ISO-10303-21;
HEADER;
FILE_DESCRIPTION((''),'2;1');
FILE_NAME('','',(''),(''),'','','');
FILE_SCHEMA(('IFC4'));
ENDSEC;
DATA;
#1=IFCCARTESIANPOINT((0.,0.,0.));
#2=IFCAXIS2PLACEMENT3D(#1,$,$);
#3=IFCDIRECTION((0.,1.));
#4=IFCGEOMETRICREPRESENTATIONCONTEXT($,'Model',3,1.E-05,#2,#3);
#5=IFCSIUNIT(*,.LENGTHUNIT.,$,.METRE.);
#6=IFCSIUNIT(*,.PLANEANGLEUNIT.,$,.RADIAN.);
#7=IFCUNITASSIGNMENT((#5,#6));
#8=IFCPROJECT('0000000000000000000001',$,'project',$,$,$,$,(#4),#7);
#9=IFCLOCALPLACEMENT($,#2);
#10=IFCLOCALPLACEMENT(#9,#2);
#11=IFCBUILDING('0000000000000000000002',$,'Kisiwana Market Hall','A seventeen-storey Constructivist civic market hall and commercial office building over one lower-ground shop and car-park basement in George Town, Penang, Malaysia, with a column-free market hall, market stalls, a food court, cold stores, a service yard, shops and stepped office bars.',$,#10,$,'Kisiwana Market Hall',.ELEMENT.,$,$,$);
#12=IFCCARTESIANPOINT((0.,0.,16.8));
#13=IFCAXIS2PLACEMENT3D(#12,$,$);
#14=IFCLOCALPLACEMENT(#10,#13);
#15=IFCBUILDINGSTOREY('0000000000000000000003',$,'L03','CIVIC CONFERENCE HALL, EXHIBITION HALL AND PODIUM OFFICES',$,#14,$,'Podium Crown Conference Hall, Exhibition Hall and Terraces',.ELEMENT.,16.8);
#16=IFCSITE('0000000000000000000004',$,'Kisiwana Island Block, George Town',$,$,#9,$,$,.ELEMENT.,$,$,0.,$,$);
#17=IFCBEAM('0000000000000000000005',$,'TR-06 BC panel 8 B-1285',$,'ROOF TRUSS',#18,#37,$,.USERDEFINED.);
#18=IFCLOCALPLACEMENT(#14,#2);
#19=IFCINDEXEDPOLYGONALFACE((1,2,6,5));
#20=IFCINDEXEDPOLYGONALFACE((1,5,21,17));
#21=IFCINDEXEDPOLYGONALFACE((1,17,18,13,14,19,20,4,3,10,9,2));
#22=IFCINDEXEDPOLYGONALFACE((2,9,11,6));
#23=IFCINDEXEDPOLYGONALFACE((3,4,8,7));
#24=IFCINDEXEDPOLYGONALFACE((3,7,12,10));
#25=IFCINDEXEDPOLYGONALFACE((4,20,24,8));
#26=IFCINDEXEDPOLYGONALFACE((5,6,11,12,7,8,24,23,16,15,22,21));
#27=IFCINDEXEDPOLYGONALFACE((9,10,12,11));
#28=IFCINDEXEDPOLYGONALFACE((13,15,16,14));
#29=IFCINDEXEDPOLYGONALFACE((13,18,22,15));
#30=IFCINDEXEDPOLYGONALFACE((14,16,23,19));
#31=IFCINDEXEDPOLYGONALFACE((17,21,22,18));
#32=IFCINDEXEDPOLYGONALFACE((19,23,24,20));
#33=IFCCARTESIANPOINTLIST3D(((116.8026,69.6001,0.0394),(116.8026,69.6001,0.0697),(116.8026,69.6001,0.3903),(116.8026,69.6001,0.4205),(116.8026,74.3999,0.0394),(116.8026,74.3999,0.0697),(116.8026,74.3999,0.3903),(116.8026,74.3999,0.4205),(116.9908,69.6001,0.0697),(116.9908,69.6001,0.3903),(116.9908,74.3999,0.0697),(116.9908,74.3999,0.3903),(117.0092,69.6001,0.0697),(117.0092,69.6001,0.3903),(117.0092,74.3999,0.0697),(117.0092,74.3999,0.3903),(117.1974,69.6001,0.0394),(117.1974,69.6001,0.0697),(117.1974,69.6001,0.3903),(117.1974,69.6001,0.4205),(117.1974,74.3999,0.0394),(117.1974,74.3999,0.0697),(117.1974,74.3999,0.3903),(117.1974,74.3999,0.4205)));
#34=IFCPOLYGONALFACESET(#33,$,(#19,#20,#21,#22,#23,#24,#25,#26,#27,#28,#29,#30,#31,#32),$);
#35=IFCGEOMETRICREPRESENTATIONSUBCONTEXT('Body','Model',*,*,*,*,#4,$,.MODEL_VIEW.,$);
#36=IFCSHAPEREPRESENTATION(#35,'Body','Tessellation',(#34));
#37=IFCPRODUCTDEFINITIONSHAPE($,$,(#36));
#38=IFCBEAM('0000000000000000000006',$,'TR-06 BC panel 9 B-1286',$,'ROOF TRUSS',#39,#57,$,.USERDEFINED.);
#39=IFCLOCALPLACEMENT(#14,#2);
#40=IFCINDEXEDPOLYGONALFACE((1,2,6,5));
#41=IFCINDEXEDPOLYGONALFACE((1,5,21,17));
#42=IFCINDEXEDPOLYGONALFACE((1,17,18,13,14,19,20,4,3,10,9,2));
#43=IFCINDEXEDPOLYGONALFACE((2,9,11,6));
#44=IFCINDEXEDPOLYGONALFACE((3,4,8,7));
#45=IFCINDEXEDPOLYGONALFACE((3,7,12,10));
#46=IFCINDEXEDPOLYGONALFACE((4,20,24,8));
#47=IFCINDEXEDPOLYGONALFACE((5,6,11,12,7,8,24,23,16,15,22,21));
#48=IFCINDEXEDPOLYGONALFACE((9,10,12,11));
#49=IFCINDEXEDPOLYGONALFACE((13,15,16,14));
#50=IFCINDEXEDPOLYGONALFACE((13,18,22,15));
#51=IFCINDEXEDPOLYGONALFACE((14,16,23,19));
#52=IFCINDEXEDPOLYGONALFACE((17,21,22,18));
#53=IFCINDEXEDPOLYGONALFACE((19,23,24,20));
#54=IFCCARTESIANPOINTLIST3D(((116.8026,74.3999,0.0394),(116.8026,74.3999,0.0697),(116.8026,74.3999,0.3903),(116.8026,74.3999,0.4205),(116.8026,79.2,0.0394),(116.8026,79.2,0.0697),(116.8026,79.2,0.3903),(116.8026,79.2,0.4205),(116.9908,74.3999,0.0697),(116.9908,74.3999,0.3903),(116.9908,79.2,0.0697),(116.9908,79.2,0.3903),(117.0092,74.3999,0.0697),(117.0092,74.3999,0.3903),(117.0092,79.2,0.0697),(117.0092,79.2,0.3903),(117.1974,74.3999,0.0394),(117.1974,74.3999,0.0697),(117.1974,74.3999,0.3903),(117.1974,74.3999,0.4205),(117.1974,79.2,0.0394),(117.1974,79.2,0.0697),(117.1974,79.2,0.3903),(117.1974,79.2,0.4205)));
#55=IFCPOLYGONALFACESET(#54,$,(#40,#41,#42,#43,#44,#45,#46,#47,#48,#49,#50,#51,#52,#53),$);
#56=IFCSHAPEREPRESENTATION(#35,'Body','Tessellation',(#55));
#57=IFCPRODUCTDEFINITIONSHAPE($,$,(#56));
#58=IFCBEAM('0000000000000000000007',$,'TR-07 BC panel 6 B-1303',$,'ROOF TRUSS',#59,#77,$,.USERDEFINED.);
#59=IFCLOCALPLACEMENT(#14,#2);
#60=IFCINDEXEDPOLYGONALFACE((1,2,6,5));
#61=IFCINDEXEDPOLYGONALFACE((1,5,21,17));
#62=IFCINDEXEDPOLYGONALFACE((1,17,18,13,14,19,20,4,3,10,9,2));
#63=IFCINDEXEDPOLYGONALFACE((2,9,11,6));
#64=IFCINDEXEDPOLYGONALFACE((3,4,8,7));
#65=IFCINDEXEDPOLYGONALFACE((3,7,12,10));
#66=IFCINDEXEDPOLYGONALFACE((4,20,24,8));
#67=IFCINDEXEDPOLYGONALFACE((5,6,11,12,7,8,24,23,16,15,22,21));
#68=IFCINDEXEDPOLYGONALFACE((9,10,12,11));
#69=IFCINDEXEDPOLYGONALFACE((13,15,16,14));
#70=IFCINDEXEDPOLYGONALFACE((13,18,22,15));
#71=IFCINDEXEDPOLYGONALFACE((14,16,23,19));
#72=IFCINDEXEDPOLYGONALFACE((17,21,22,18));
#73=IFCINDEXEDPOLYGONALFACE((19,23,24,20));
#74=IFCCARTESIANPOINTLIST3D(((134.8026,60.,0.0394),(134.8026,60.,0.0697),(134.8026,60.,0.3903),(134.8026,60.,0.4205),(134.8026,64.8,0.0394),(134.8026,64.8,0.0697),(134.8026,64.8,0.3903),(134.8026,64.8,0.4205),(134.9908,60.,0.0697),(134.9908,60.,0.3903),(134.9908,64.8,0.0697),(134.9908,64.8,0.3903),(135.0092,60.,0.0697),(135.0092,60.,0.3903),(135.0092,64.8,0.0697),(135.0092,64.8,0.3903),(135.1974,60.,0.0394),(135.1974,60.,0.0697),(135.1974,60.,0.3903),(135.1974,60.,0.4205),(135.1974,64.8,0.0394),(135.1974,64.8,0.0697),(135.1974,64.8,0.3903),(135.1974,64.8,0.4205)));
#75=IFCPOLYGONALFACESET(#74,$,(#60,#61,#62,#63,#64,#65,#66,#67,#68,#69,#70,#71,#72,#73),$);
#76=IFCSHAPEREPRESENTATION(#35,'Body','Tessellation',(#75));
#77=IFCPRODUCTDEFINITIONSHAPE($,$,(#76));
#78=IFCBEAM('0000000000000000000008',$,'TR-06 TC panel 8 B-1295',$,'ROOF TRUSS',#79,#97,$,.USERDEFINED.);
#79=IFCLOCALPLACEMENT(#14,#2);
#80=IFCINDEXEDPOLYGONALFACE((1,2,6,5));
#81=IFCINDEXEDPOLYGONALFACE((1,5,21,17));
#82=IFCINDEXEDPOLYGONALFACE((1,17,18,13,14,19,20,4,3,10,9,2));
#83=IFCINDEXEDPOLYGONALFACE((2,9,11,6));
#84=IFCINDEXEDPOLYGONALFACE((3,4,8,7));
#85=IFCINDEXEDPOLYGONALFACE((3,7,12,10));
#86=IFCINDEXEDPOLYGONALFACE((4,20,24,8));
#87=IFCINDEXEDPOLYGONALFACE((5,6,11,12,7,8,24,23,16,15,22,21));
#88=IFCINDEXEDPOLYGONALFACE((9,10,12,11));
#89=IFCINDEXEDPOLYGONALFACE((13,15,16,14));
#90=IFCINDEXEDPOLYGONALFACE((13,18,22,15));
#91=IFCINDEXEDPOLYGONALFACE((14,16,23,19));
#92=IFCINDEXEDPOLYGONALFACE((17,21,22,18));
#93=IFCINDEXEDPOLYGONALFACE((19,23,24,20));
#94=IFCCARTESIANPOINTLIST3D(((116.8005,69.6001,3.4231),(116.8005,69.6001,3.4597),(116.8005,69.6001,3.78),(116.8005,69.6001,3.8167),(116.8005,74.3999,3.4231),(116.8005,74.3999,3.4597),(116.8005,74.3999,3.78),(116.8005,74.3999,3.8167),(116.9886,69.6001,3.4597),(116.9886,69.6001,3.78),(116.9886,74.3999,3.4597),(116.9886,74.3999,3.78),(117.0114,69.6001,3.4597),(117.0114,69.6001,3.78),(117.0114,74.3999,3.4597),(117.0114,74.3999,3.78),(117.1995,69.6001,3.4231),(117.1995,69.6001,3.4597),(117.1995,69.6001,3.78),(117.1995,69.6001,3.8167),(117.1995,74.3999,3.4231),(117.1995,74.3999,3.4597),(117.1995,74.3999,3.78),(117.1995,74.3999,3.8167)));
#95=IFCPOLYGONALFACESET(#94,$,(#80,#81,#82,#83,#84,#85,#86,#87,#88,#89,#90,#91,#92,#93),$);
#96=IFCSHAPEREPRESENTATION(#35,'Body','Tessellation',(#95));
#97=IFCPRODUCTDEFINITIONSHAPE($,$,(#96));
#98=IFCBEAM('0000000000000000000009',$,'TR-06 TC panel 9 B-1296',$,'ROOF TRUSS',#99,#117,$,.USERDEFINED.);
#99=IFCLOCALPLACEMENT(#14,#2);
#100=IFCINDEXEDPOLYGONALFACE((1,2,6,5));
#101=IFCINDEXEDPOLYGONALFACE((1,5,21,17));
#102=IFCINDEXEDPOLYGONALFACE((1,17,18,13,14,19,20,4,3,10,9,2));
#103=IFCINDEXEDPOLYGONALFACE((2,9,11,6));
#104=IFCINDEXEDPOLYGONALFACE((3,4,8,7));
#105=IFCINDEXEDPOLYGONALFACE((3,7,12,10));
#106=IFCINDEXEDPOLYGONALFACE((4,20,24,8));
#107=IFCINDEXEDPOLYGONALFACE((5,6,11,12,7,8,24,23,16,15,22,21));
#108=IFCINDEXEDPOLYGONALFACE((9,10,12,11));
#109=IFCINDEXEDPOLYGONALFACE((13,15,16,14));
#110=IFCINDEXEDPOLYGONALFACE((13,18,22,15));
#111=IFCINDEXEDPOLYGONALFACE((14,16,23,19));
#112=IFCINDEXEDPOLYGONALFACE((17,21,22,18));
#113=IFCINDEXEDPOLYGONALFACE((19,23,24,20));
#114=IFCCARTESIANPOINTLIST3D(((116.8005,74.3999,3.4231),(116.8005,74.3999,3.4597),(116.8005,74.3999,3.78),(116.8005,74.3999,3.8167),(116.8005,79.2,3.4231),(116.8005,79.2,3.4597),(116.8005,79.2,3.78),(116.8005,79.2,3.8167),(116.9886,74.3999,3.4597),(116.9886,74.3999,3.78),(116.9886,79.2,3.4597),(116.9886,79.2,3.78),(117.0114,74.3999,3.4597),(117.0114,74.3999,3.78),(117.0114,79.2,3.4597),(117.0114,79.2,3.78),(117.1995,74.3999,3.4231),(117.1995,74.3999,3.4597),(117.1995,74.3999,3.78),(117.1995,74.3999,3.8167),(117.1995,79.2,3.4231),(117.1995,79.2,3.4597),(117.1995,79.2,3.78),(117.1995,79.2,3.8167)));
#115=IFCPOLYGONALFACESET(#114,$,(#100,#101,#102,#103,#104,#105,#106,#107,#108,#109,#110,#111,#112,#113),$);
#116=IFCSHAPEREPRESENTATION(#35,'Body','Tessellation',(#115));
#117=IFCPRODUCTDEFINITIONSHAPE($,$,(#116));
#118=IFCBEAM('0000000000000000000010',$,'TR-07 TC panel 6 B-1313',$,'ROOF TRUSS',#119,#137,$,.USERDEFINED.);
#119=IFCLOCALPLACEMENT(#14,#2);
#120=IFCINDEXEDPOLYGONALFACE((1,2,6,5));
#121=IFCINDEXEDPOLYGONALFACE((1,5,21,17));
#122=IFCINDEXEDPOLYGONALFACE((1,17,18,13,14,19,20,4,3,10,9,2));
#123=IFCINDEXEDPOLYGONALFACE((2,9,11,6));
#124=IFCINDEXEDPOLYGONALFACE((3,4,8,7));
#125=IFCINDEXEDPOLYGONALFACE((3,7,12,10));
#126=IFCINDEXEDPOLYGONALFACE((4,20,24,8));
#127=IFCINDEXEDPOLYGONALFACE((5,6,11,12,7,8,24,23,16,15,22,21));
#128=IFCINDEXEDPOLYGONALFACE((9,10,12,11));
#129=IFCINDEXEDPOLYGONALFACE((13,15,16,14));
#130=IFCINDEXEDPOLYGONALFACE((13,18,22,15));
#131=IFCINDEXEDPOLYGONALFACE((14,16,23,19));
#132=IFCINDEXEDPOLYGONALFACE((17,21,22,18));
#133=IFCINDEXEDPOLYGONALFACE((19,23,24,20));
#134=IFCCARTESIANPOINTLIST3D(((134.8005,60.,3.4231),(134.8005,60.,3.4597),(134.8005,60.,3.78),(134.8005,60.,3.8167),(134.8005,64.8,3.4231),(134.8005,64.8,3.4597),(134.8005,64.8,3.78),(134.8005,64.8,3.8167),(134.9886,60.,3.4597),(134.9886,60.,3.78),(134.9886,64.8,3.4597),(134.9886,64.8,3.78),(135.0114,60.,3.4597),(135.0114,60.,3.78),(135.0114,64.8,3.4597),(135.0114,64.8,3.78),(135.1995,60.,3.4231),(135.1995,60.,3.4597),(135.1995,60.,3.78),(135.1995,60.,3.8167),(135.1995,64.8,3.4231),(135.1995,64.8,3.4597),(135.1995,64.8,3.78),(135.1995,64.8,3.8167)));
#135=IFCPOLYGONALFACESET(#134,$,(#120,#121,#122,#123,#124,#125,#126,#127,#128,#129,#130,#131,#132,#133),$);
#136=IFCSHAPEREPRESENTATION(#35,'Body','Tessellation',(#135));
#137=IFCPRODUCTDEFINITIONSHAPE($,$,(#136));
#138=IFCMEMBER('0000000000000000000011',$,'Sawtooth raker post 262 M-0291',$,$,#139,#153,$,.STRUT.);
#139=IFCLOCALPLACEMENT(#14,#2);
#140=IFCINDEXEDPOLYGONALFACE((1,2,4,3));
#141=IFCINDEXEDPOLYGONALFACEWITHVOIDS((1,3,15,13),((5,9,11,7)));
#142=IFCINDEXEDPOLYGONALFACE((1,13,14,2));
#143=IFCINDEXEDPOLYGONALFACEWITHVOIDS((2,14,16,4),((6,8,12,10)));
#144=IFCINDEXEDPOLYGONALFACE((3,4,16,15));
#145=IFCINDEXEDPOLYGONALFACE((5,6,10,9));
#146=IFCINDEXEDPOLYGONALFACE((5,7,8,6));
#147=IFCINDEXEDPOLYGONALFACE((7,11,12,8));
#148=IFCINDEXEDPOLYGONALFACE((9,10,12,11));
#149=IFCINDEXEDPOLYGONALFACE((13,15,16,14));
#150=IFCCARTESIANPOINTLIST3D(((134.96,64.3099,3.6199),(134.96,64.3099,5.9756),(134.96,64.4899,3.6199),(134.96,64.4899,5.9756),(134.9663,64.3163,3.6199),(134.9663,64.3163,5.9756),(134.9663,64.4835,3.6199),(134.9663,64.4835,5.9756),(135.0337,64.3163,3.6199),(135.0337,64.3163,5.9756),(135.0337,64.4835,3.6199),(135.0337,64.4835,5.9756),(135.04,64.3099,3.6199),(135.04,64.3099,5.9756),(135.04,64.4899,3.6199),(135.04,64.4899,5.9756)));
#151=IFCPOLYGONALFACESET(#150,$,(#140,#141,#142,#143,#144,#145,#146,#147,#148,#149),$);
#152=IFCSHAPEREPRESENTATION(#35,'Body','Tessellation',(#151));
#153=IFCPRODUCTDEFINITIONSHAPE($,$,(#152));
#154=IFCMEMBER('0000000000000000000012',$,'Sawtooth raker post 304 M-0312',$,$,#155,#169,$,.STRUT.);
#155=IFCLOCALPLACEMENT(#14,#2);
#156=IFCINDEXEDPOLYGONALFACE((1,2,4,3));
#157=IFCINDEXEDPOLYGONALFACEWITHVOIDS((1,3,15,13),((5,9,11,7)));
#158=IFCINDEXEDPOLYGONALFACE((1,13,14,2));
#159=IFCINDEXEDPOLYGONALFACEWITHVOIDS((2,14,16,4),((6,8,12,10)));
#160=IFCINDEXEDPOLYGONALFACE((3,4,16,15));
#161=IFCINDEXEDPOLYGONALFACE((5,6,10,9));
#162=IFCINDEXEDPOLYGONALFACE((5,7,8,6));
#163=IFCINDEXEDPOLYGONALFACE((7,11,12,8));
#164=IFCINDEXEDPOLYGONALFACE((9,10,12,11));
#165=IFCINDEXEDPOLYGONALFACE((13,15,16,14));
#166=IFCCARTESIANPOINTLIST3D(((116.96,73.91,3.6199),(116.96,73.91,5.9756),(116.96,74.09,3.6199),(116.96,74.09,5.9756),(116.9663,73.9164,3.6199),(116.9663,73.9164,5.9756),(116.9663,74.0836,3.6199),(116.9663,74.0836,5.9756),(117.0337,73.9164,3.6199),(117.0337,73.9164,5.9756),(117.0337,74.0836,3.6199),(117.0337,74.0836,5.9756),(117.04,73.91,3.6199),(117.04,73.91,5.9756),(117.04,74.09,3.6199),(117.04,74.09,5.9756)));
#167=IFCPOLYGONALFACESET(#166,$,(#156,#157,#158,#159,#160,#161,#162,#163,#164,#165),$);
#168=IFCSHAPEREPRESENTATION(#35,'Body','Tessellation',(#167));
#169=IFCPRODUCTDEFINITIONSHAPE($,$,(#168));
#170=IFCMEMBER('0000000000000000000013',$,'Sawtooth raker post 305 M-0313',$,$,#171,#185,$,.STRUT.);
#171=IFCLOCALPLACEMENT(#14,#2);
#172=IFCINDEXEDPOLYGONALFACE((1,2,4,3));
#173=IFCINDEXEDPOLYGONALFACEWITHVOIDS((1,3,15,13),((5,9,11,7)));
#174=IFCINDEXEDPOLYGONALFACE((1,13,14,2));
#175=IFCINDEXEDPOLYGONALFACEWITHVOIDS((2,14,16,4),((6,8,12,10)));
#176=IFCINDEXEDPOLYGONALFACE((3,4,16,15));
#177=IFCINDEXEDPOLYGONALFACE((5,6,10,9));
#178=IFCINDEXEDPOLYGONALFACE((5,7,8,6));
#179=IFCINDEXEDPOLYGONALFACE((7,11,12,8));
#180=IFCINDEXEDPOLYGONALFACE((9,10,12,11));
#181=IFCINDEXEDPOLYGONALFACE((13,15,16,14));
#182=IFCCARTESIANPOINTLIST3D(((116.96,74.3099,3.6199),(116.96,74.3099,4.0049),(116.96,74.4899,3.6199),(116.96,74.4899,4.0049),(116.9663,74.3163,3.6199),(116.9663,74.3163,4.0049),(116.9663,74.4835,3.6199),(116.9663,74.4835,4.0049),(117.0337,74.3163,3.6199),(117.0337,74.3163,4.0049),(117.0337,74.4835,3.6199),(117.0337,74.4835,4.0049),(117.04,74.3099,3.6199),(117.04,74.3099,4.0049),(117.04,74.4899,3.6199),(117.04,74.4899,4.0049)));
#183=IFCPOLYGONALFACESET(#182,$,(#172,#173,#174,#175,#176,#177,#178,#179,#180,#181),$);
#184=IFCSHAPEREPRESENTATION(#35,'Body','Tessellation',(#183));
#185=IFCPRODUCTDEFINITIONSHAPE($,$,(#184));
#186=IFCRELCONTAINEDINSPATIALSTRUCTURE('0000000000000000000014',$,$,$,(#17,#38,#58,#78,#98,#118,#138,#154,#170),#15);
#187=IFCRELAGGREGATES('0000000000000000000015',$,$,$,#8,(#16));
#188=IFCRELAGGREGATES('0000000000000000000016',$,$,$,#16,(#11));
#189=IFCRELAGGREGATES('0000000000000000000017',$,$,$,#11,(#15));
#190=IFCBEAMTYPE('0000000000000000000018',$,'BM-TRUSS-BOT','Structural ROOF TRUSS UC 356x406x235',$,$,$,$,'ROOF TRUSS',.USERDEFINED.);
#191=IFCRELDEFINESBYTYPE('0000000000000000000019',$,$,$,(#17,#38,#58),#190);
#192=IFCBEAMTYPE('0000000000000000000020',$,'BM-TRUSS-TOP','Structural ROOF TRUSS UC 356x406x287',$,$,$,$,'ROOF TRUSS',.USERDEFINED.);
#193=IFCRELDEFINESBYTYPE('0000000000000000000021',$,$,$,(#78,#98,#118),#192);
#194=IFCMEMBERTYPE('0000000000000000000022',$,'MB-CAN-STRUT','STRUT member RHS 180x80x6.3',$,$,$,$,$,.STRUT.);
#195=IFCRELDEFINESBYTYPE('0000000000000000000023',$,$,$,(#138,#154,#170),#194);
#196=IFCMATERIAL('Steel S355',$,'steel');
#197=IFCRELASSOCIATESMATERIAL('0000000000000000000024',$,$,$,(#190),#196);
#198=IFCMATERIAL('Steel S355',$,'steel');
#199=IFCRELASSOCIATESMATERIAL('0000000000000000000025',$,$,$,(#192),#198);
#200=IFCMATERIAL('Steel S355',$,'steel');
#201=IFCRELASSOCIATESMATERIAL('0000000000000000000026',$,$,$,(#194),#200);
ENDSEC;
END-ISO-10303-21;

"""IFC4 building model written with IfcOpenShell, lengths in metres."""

from ifc_helpers import new_model, si_unit, direction, frame, origin, origin_2d, place, context, subcontext, project, spatial, hollow_rectangle, i_section, extrude, material, material_profile, profile_set, type_object, element, save


model = new_model("IFC4")

# Units and contexts
model_context = context("Model", 3, precision=1e-05, world=origin(), true_north=direction((0.0, 1.0)))
body_context = subcontext(model_context, "Body", "Model", "MODEL_VIEW")
ifc_project = project(units=[si_unit("LENGTHUNIT", "METRE"), si_unit("PLANEANGLEUNIT", "RADIAN")], contexts=[model_context])

# Site, building, storey
site_placement = place(None, origin())
site = spatial("IfcSite", under=ifc_project, at=site_placement, Name="Kisiwana Island Block, George Town", CompositionType="ELEMENT", RefElevation=0.0)
building_placement = place(site_placement, origin())
building = spatial("IfcBuilding", under=site, at=building_placement, Name="Kisiwana Market Hall", Description="A seventeen-storey Constructivist civic market hall and commercial office building over one lower-ground shop and car-park basement in George Town, Penang, Malaysia, with a column-free market hall, market stalls, a food court, cold stores, a service yard, shops and stepped office bars.", LongName="Kisiwana Market Hall", CompositionType="ELEMENT")
storey_placement = place(building_placement, frame((0.0, 0.0, 16.8)))
storey = spatial("IfcBuildingStorey", under=building, at=storey_placement, Name="L03", Description="CIVIC CONFERENCE HALL, EXHIBITION HALL AND PODIUM OFFICES", LongName="Podium Crown Conference Hall, Exhibition Hall and Terraces", CompositionType="ELEMENT", Elevation=16.8)

# Beams
ifc_material_1 = material(Name="Steel S355", Category="steel")
ifc_material_profile_1 = material_profile(ifc_material_1, i_section(OverallWidth=0.3948, OverallDepth=0.3811, WebThickness=0.0183, FlangeThickness=0.0303, at=origin_2d()), Name="UC 356x406x235")
ifc_profile_set_1 = profile_set([ifc_material_profile_1], Name="Steel S355")
beam_type_1 = type_object("IfcBeamType", Name="BM-TRUSS-BOT", Description="Structural ROOF TRUSS UC 356x406x235", ElementType="ROOF TRUSS", PredefinedType="USERDEFINED", material=ifc_profile_set_1)
beam_1_placement = place(storey_placement, frame((117.0, 69.6001, 0.23), z_axis=(0.0, 1.0, 0.0), x_axis=(-1.0, 0.0, 0.0)))
element("IfcBeam", 1, at=beam_1_placement, inside=storey, type_object=beam_type_1, Name="TR-06 BC panel 8 B-1285", ObjectType="ROOF TRUSS", PredefinedType="USERDEFINED", context=body_context, shape_type="SweptSolid", body=[
    extrude(i_section(OverallWidth=0.3948, OverallDepth=0.3811, WebThickness=0.0183, FlangeThickness=0.0303, at=origin_2d()), origin(), (0.0, 0.0, 1.0), 4.7998),
])
for number, where, z_axis, x_axis, name in (
    (2, (117.0, 74.3999, 0.23), (0.0, 1.0, 0.0), (-1.0, 0.0, 0.0), "TR-06 BC panel 9 B-1286"),
    (3, (135.0, 60.0, 0.23), (0.0, 1.0, 0.0), (-1.0, 0.0, 0.0), "TR-07 BC panel 6 B-1303"),
):
    element("IfcBeam", number, at=place(storey_placement, frame(where, z_axis=z_axis, x_axis=x_axis)), inside=storey, type_object=beam_type_1, Name=name, ObjectType="ROOF TRUSS", PredefinedType="USERDEFINED", context=body_context, shape_type="SweptSolid", body=[
        extrude(i_section(OverallWidth=0.3948, OverallDepth=0.3811, WebThickness=0.0183, FlangeThickness=0.0303, at=origin_2d()), origin(), (0.0, 0.0, 1.0), 4.8),
    ])
ifc_material_2 = material(Name="Steel S355", Category="steel")
ifc_material_profile_2 = material_profile(ifc_material_2, i_section(OverallWidth=0.3989, OverallDepth=0.3936, WebThickness=0.0227, FlangeThickness=0.0366, at=origin_2d()), Name="UC 356x406x287")
ifc_profile_set_2 = profile_set([ifc_material_profile_2], Name="Steel S355")
beam_type_2 = type_object("IfcBeamType", Name="BM-TRUSS-TOP", Description="Structural ROOF TRUSS UC 356x406x287", ElementType="ROOF TRUSS", PredefinedType="USERDEFINED", material=ifc_profile_set_2)
beam_2_placement = place(storey_placement, frame((117.0, 69.6001, 3.6199), z_axis=(0.0, 1.0, 0.0), x_axis=(-1.0, 0.0, 0.0)))
element("IfcBeam", 4, at=beam_2_placement, inside=storey, type_object=beam_type_2, Name="TR-06 TC panel 8 B-1295", ObjectType="ROOF TRUSS", PredefinedType="USERDEFINED", context=body_context, shape_type="SweptSolid", body=[
    extrude(i_section(OverallWidth=0.3989, OverallDepth=0.3936, WebThickness=0.0227, FlangeThickness=0.0366, at=origin_2d()), origin(), (0.0, 0.0, 1.0), 4.7998),
])
for number, where, z_axis, x_axis, name in (
    (5, (117.0, 74.3999, 3.6199), (0.0, 1.0, 0.0), (-1.0, 0.0, 0.0), "TR-06 TC panel 9 B-1296"),
    (6, (135.0, 60.0, 3.6199), (0.0, 1.0, 0.0), (-1.0, 0.0, 0.0), "TR-07 TC panel 6 B-1313"),
):
    element("IfcBeam", number, at=place(storey_placement, frame(where, z_axis=z_axis, x_axis=x_axis)), inside=storey, type_object=beam_type_2, Name=name, ObjectType="ROOF TRUSS", PredefinedType="USERDEFINED", context=body_context, shape_type="SweptSolid", body=[
        extrude(i_section(OverallWidth=0.3989, OverallDepth=0.3936, WebThickness=0.0227, FlangeThickness=0.0366, at=origin_2d()), origin(), (0.0, 0.0, 1.0), 4.8),
    ])

# Members
ifc_material_3 = material(Name="Steel S355", Category="steel")
ifc_material_profile_3 = material_profile(ifc_material_3, hollow_rectangle(XDim=0.0801, YDim=0.1799, WallThickness=0.0063, at=origin_2d()), Name="RHS 180x80x6.3")
ifc_profile_set_3 = profile_set([ifc_material_profile_3], Name="Steel S355")
member_type_1 = type_object("IfcMemberType", Name="MB-CAN-STRUT", Description="STRUT member RHS 180x80x6.3", PredefinedType="STRUT", material=ifc_profile_set_3)
for number, where, z_axis, x_axis, name in (
    (7, (135.0, 64.3999, 3.6199), (0.0, 0.0, 1.0), (1.0, 0.0, 0.0), "Sawtooth raker post 262 M-0291"),
    (8, (117.0, 74.0, 3.6199), (0.0, 0.0, 1.0), (1.0, 0.0, 0.0), "Sawtooth raker post 304 M-0312"),
):
    element("IfcMember", number, at=place(storey_placement, frame(where, z_axis=z_axis, x_axis=x_axis)), inside=storey, type_object=member_type_1, Name=name, PredefinedType="STRUT", context=body_context, shape_type="SweptSolid", body=[
        extrude(hollow_rectangle(XDim=0.0801, YDim=0.1799, WallThickness=0.0063, at=origin_2d()), origin(), (0.0, 0.0, 1.0), 2.3557),
    ])
member_1_placement = place(storey_placement, frame((117.0, 74.3999, 3.6199), z_axis=(0.0, 0.0, 1.0), x_axis=(1.0, 0.0, 0.0)))
element("IfcMember", 9, at=member_1_placement, inside=storey, type_object=member_type_1, Name="Sawtooth raker post 305 M-0313", PredefinedType="STRUT", context=body_context, shape_type="SweptSolid", body=[
    extrude(hollow_rectangle(XDim=0.0801, YDim=0.1799, WallThickness=0.0063, at=origin_2d()), origin(), (0.0, 0.0, 1.0), 0.385),
])

save(model, "model.ifc")
